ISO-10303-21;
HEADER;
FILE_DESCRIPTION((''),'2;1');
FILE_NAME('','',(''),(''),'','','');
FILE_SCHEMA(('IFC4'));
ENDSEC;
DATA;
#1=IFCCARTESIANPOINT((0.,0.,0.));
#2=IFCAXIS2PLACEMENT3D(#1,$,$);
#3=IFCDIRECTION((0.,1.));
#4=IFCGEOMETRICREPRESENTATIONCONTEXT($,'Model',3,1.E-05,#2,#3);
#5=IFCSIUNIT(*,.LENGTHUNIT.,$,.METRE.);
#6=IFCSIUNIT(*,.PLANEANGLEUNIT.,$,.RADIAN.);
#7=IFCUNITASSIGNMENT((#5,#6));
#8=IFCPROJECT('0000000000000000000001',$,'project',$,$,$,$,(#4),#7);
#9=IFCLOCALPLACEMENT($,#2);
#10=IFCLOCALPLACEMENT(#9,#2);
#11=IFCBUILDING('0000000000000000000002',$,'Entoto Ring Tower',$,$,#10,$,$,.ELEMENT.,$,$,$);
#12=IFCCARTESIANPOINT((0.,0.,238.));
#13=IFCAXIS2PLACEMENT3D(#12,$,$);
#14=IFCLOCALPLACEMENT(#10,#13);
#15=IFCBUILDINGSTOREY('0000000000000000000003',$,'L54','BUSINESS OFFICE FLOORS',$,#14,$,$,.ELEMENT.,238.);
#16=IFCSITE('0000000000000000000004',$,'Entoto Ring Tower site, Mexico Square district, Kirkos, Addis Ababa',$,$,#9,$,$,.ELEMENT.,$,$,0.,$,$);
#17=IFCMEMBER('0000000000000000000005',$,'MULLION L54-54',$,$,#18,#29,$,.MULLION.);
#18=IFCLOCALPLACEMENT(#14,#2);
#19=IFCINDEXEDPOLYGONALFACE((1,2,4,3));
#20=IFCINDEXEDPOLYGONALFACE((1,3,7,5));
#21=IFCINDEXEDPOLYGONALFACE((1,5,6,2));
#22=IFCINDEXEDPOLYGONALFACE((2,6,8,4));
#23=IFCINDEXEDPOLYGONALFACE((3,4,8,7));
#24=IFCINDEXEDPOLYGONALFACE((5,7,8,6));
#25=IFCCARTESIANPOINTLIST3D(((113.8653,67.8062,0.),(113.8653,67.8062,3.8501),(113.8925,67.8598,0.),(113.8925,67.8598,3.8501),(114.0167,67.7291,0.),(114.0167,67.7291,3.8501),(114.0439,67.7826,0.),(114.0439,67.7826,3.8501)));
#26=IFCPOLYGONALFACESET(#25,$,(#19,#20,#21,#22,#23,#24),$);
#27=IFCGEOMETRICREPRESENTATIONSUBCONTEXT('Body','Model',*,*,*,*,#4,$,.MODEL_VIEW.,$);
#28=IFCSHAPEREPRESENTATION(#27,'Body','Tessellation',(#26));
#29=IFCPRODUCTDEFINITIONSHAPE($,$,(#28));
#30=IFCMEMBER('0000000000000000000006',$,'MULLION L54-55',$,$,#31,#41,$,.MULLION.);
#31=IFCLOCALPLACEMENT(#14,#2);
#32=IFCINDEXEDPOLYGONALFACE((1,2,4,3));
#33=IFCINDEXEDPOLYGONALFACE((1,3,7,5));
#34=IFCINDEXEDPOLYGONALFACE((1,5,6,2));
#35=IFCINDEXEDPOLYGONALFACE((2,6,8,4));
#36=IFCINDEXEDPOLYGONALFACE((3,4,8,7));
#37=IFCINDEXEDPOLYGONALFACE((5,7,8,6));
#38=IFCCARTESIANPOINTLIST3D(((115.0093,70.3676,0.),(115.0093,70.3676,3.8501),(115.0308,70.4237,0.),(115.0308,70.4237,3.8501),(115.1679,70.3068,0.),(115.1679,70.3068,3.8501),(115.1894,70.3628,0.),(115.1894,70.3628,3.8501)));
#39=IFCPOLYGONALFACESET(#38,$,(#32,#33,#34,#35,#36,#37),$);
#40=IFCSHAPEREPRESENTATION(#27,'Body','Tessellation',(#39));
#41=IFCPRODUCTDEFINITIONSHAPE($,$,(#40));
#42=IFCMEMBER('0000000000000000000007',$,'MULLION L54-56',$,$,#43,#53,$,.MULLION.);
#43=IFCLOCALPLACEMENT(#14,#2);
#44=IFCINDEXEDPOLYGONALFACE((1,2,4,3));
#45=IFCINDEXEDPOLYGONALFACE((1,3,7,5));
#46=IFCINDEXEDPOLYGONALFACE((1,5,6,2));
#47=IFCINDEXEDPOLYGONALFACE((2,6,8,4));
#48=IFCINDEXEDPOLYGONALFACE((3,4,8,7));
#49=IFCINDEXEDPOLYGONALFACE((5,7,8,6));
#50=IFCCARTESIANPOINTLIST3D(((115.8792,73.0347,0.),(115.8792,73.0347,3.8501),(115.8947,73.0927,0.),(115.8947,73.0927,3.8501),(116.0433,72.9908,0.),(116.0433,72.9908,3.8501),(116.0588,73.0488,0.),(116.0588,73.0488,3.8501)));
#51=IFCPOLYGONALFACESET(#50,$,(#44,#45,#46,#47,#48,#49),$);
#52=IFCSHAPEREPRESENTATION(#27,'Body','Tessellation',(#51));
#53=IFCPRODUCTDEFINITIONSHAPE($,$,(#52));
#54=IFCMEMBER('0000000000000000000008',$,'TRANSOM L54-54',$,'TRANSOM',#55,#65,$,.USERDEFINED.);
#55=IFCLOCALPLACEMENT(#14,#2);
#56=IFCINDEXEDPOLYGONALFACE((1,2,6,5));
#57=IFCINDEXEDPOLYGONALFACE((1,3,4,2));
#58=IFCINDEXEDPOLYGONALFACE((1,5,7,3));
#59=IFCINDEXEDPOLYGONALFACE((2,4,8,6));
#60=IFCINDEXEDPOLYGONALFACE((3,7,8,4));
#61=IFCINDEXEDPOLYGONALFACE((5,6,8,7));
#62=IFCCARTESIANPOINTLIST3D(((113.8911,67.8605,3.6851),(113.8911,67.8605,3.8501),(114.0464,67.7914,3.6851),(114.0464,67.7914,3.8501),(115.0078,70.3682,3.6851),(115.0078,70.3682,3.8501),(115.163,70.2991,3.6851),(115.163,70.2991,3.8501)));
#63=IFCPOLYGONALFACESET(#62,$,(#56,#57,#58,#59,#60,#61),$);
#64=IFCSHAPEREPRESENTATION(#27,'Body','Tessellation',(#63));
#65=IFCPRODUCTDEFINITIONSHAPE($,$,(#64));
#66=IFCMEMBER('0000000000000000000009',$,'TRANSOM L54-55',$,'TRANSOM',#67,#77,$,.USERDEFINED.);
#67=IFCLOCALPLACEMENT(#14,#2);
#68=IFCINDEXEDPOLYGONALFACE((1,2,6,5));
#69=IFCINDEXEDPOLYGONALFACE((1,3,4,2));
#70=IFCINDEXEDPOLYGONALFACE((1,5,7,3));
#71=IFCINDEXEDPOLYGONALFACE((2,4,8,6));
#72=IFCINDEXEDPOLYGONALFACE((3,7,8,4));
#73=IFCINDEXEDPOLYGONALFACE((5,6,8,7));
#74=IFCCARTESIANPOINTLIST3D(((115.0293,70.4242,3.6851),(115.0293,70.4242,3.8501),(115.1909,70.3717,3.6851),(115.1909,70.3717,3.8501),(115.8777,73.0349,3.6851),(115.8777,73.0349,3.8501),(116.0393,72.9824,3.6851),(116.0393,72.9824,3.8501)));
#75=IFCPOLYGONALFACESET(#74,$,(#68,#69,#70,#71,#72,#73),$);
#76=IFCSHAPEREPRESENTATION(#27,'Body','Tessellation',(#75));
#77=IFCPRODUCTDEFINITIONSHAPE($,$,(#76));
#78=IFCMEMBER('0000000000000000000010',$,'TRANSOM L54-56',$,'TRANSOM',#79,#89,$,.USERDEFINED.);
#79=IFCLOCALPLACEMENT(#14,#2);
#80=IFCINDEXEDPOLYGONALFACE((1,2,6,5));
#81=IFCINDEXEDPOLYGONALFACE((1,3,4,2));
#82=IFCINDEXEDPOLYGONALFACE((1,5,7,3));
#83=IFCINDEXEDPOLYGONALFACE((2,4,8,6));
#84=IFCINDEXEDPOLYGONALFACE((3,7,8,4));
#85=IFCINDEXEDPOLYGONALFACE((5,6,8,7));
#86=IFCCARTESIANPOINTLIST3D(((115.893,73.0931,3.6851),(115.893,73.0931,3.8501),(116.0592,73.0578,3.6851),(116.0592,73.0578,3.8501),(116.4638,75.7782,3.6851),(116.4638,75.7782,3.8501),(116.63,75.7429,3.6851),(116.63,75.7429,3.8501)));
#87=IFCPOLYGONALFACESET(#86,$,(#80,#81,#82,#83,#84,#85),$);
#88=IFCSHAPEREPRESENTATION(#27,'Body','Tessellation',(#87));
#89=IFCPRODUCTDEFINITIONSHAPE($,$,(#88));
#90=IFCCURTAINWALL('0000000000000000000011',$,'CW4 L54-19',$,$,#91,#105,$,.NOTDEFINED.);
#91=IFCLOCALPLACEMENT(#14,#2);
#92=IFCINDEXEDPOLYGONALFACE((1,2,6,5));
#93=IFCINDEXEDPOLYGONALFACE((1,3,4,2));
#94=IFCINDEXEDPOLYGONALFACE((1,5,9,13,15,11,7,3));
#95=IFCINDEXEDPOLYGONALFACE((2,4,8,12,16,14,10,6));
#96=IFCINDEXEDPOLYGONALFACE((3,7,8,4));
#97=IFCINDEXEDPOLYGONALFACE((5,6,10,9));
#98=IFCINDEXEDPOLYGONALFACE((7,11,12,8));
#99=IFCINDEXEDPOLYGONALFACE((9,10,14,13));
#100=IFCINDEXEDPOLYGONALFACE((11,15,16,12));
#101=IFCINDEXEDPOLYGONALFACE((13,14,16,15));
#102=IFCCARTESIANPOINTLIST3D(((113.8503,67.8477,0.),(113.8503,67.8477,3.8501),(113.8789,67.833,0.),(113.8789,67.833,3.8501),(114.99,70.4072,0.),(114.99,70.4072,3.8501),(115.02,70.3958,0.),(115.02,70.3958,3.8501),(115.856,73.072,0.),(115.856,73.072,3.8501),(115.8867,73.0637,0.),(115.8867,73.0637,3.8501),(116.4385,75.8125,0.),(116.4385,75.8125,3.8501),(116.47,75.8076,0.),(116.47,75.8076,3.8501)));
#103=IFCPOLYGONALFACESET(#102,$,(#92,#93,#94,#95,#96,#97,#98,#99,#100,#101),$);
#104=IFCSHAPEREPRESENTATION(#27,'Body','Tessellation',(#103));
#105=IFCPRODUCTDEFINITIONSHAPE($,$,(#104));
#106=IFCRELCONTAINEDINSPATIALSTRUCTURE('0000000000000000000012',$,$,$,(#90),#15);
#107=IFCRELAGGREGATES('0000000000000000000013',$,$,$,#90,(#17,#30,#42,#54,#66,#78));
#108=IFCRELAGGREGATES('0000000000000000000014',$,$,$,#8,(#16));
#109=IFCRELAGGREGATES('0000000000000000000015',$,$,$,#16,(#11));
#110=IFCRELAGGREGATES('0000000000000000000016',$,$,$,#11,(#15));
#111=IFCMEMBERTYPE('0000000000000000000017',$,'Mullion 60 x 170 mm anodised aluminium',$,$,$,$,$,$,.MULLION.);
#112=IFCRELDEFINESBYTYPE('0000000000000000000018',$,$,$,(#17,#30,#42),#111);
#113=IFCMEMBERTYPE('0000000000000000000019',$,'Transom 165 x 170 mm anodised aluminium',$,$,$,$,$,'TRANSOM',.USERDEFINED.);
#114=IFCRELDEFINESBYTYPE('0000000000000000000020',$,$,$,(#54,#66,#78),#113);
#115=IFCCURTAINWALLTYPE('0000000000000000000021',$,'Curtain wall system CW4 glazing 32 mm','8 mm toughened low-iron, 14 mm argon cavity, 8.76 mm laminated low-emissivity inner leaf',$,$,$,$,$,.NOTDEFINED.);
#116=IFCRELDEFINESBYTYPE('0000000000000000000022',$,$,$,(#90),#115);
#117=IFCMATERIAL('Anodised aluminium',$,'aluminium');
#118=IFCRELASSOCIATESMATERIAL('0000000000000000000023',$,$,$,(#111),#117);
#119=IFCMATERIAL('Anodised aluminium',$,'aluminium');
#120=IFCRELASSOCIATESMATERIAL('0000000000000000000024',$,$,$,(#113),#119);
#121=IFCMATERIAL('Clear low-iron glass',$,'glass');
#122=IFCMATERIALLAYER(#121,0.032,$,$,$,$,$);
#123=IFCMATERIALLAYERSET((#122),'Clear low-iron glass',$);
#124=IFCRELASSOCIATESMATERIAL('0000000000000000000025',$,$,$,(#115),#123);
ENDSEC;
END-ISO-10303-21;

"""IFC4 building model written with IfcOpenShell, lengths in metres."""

from ifc_helpers import new_model, si_unit, direction, frame, origin, origin_2d, place, context, subcontext, project, spatial, polyline, rectangle, outline, extrude, material, layer, layer_set, material_profile, profile_set, type_object, element, aggregate, save


model = new_model("IFC4")

# Units and contexts
model_context = context("Model", 3, precision=1e-05, world=origin(), true_north=direction((0.0, 1.0)))
body_context = subcontext(model_context, "Body", "Model", "MODEL_VIEW")
ifc_project = project(units=[si_unit("LENGTHUNIT", "METRE"), si_unit("PLANEANGLEUNIT", "RADIAN")], contexts=[model_context])

# Members
ifc_material_1 = material(Name="Anodised aluminium", Category="aluminium")
ifc_material_profile_1 = material_profile(ifc_material_1, rectangle(XDim=0.0601, YDim=0.1699, at=origin_2d()), Name="Mullion 60 x 170 mm anodised aluminium")
ifc_profile_set_1 = profile_set([ifc_material_profile_1], Name="Anodised aluminium")
member_type_1 = type_object("IfcMemberType", Name="Mullion 60 x 170 mm anodised aluminium", PredefinedType="MULLION", material=ifc_profile_set_1)
site_placement = place(None, origin())
building_placement = place(site_placement, origin())
storey_placement = place(building_placement, frame((0.0, 0.0, 238.0)))
member_1_placement = place(storey_placement, frame((113.9546, 67.7944, 0.0), z_axis=(0.0, 0.0, 1.0), x_axis=(0.45399, 0.891007, 0.0)))
member_1 = element("IfcMember", 1, at=member_1_placement, type_object=member_type_1, Name="MULLION L54-54", PredefinedType="MULLION", context=body_context, shape_type="SweptSolid", body=[
    extrude(rectangle(XDim=0.0601, YDim=0.1699, at=origin_2d()), origin(), (0.0, 0.0, 1.0), 3.8501),
])
member_2_placement = place(storey_placement, frame((115.0994, 70.3652, 0.0), z_axis=(0.0, 0.0, 1.0), x_axis=(0.358368, 0.93358, 0.0)))
member_2 = element("IfcMember", 2, at=member_2_placement, type_object=member_type_1, Name="MULLION L54-55", PredefinedType="MULLION", context=body_context, shape_type="SweptSolid", body=[
    extrude(rectangle(XDim=0.0601, YDim=0.1699, at=origin_2d()), origin(), (0.0, 0.0, 1.0), 3.8501),
])
member_3_placement = place(storey_placement, frame((115.969, 73.0417, 0.0), z_axis=(0.0, 0.0, 1.0), x_axis=(0.258819, 0.965926, 0.0)))
member_3 = element("IfcMember", 3, at=member_3_placement, type_object=member_type_1, Name="MULLION L54-56", PredefinedType="MULLION", context=body_context, shape_type="SweptSolid", body=[
    extrude(rectangle(XDim=0.0601, YDim=0.1699, at=origin_2d()), origin(), (0.0, 0.0, 1.0), 3.8501),
])
ifc_material_2 = material(Name="Anodised aluminium", Category="aluminium")
ifc_material_profile_2 = material_profile(ifc_material_2, rectangle(XDim=0.1699, YDim=0.165, at=origin_2d()), Name="Transom 165 x 170 mm anodised aluminium")
ifc_profile_set_2 = profile_set([ifc_material_profile_2], Name="Anodised aluminium")
member_type_2 = type_object("IfcMemberType", Name="Transom 165 x 170 mm anodised aluminium", ElementType="TRANSOM", PredefinedType="USERDEFINED", material=ifc_profile_set_2)
member_4_placement = place(storey_placement, frame((113.9688, 67.8259, 3.7676), z_axis=(0.406782, 0.913525, 0.0), x_axis=(-0.913525, 0.406782, 0.0)))
member_4 = element("IfcMember", 4, at=member_4_placement, type_object=member_type_2, Name="TRANSOM L54-54", ObjectType="TRANSOM", PredefinedType="USERDEFINED", context=body_context, shape_type="SweptSolid", body=[
    extrude(rectangle(XDim=0.1699, YDim=0.165, at=origin_2d()), origin(), (0.0, 0.0, 1.0), 2.7451),
])
member_5_placement = place(storey_placement, frame((115.1101, 70.3979, 3.7676), z_axis=(0.309042, 0.951048, 0.0), x_axis=(-0.951048, 0.309042, 0.0)))
member_5 = element("IfcMember", 5, at=member_5_placement, type_object=member_type_2, Name="TRANSOM L54-55", ObjectType="TRANSOM", PredefinedType="USERDEFINED", context=body_context, shape_type="SweptSolid", body=[
    extrude(rectangle(XDim=0.1699, YDim=0.165, at=origin_2d()), origin(), (0.0, 0.0, 1.0), 2.7451),
])
member_6_placement = place(storey_placement, frame((115.9761, 73.0754, 3.7676), z_axis=(0.207937, 0.978142, 0.0), x_axis=(-0.978142, 0.207937, 0.0)))
member_6 = element("IfcMember", 6, at=member_6_placement, type_object=member_type_2, Name="TRANSOM L54-56", ObjectType="TRANSOM", PredefinedType="USERDEFINED", context=body_context, shape_type="SweptSolid", body=[
    extrude(rectangle(XDim=0.1699, YDim=0.165, at=origin_2d()), origin(), (0.0, 0.0, 1.0), 2.7451),
])

# Site, building, storey
site = spatial("IfcSite", under=ifc_project, at=site_placement, Name="Entoto Ring Tower site, Mexico Square district, Kirkos, Addis Ababa", CompositionType="ELEMENT", RefElevation=0.0)
building = spatial("IfcBuilding", under=site, at=building_placement, Name="Entoto Ring Tower", CompositionType="ELEMENT")
storey = spatial("IfcBuildingStorey", under=building, at=storey_placement, Name="L54", Description="BUSINESS OFFICE FLOORS", CompositionType="ELEMENT", Elevation=238.0)

# Curtain wall
ifc_material_3 = material(Name="Clear low-iron glass", Category="glass")
ifc_layer = layer(ifc_material_3, 0.032)
ifc_layer_set = layer_set([ifc_layer], Name="Clear low-iron glass")
curtain_wall_type = type_object("IfcCurtainWallType", Name="Curtain wall system CW4 glazing 32 mm", Description="8 mm toughened low-iron, 14 mm argon cavity, 8.76 mm laminated low-emissivity inner leaf", PredefinedType="NOTDEFINED", material=ifc_layer_set)
curtain_wall_1_placement = place(storey_placement, origin())
curtain_wall_1 = element("IfcCurtainWall", 7, at=curtain_wall_1_placement, inside=storey, type_object=curtain_wall_type, Name="CW4 L54-19", PredefinedType="NOTDEFINED", context=body_context, shape_type="SweptSolid", body=[
    extrude(outline(polyline([(113.8789, 67.833), (115.02, 70.3958), (115.8867, 73.0637), (116.47, 75.8076), (116.4385, 75.8125), (115.856, 73.072), (114.99, 70.4072), (113.8503, 67.8477), (113.8789, 67.833)])), origin(), (0.0, 0.0, 1.0), 3.8501),
])
aggregate(curtain_wall_1, [member_1, member_2, member_3, member_4, member_5, member_6])

save(model, "model.ifc")
